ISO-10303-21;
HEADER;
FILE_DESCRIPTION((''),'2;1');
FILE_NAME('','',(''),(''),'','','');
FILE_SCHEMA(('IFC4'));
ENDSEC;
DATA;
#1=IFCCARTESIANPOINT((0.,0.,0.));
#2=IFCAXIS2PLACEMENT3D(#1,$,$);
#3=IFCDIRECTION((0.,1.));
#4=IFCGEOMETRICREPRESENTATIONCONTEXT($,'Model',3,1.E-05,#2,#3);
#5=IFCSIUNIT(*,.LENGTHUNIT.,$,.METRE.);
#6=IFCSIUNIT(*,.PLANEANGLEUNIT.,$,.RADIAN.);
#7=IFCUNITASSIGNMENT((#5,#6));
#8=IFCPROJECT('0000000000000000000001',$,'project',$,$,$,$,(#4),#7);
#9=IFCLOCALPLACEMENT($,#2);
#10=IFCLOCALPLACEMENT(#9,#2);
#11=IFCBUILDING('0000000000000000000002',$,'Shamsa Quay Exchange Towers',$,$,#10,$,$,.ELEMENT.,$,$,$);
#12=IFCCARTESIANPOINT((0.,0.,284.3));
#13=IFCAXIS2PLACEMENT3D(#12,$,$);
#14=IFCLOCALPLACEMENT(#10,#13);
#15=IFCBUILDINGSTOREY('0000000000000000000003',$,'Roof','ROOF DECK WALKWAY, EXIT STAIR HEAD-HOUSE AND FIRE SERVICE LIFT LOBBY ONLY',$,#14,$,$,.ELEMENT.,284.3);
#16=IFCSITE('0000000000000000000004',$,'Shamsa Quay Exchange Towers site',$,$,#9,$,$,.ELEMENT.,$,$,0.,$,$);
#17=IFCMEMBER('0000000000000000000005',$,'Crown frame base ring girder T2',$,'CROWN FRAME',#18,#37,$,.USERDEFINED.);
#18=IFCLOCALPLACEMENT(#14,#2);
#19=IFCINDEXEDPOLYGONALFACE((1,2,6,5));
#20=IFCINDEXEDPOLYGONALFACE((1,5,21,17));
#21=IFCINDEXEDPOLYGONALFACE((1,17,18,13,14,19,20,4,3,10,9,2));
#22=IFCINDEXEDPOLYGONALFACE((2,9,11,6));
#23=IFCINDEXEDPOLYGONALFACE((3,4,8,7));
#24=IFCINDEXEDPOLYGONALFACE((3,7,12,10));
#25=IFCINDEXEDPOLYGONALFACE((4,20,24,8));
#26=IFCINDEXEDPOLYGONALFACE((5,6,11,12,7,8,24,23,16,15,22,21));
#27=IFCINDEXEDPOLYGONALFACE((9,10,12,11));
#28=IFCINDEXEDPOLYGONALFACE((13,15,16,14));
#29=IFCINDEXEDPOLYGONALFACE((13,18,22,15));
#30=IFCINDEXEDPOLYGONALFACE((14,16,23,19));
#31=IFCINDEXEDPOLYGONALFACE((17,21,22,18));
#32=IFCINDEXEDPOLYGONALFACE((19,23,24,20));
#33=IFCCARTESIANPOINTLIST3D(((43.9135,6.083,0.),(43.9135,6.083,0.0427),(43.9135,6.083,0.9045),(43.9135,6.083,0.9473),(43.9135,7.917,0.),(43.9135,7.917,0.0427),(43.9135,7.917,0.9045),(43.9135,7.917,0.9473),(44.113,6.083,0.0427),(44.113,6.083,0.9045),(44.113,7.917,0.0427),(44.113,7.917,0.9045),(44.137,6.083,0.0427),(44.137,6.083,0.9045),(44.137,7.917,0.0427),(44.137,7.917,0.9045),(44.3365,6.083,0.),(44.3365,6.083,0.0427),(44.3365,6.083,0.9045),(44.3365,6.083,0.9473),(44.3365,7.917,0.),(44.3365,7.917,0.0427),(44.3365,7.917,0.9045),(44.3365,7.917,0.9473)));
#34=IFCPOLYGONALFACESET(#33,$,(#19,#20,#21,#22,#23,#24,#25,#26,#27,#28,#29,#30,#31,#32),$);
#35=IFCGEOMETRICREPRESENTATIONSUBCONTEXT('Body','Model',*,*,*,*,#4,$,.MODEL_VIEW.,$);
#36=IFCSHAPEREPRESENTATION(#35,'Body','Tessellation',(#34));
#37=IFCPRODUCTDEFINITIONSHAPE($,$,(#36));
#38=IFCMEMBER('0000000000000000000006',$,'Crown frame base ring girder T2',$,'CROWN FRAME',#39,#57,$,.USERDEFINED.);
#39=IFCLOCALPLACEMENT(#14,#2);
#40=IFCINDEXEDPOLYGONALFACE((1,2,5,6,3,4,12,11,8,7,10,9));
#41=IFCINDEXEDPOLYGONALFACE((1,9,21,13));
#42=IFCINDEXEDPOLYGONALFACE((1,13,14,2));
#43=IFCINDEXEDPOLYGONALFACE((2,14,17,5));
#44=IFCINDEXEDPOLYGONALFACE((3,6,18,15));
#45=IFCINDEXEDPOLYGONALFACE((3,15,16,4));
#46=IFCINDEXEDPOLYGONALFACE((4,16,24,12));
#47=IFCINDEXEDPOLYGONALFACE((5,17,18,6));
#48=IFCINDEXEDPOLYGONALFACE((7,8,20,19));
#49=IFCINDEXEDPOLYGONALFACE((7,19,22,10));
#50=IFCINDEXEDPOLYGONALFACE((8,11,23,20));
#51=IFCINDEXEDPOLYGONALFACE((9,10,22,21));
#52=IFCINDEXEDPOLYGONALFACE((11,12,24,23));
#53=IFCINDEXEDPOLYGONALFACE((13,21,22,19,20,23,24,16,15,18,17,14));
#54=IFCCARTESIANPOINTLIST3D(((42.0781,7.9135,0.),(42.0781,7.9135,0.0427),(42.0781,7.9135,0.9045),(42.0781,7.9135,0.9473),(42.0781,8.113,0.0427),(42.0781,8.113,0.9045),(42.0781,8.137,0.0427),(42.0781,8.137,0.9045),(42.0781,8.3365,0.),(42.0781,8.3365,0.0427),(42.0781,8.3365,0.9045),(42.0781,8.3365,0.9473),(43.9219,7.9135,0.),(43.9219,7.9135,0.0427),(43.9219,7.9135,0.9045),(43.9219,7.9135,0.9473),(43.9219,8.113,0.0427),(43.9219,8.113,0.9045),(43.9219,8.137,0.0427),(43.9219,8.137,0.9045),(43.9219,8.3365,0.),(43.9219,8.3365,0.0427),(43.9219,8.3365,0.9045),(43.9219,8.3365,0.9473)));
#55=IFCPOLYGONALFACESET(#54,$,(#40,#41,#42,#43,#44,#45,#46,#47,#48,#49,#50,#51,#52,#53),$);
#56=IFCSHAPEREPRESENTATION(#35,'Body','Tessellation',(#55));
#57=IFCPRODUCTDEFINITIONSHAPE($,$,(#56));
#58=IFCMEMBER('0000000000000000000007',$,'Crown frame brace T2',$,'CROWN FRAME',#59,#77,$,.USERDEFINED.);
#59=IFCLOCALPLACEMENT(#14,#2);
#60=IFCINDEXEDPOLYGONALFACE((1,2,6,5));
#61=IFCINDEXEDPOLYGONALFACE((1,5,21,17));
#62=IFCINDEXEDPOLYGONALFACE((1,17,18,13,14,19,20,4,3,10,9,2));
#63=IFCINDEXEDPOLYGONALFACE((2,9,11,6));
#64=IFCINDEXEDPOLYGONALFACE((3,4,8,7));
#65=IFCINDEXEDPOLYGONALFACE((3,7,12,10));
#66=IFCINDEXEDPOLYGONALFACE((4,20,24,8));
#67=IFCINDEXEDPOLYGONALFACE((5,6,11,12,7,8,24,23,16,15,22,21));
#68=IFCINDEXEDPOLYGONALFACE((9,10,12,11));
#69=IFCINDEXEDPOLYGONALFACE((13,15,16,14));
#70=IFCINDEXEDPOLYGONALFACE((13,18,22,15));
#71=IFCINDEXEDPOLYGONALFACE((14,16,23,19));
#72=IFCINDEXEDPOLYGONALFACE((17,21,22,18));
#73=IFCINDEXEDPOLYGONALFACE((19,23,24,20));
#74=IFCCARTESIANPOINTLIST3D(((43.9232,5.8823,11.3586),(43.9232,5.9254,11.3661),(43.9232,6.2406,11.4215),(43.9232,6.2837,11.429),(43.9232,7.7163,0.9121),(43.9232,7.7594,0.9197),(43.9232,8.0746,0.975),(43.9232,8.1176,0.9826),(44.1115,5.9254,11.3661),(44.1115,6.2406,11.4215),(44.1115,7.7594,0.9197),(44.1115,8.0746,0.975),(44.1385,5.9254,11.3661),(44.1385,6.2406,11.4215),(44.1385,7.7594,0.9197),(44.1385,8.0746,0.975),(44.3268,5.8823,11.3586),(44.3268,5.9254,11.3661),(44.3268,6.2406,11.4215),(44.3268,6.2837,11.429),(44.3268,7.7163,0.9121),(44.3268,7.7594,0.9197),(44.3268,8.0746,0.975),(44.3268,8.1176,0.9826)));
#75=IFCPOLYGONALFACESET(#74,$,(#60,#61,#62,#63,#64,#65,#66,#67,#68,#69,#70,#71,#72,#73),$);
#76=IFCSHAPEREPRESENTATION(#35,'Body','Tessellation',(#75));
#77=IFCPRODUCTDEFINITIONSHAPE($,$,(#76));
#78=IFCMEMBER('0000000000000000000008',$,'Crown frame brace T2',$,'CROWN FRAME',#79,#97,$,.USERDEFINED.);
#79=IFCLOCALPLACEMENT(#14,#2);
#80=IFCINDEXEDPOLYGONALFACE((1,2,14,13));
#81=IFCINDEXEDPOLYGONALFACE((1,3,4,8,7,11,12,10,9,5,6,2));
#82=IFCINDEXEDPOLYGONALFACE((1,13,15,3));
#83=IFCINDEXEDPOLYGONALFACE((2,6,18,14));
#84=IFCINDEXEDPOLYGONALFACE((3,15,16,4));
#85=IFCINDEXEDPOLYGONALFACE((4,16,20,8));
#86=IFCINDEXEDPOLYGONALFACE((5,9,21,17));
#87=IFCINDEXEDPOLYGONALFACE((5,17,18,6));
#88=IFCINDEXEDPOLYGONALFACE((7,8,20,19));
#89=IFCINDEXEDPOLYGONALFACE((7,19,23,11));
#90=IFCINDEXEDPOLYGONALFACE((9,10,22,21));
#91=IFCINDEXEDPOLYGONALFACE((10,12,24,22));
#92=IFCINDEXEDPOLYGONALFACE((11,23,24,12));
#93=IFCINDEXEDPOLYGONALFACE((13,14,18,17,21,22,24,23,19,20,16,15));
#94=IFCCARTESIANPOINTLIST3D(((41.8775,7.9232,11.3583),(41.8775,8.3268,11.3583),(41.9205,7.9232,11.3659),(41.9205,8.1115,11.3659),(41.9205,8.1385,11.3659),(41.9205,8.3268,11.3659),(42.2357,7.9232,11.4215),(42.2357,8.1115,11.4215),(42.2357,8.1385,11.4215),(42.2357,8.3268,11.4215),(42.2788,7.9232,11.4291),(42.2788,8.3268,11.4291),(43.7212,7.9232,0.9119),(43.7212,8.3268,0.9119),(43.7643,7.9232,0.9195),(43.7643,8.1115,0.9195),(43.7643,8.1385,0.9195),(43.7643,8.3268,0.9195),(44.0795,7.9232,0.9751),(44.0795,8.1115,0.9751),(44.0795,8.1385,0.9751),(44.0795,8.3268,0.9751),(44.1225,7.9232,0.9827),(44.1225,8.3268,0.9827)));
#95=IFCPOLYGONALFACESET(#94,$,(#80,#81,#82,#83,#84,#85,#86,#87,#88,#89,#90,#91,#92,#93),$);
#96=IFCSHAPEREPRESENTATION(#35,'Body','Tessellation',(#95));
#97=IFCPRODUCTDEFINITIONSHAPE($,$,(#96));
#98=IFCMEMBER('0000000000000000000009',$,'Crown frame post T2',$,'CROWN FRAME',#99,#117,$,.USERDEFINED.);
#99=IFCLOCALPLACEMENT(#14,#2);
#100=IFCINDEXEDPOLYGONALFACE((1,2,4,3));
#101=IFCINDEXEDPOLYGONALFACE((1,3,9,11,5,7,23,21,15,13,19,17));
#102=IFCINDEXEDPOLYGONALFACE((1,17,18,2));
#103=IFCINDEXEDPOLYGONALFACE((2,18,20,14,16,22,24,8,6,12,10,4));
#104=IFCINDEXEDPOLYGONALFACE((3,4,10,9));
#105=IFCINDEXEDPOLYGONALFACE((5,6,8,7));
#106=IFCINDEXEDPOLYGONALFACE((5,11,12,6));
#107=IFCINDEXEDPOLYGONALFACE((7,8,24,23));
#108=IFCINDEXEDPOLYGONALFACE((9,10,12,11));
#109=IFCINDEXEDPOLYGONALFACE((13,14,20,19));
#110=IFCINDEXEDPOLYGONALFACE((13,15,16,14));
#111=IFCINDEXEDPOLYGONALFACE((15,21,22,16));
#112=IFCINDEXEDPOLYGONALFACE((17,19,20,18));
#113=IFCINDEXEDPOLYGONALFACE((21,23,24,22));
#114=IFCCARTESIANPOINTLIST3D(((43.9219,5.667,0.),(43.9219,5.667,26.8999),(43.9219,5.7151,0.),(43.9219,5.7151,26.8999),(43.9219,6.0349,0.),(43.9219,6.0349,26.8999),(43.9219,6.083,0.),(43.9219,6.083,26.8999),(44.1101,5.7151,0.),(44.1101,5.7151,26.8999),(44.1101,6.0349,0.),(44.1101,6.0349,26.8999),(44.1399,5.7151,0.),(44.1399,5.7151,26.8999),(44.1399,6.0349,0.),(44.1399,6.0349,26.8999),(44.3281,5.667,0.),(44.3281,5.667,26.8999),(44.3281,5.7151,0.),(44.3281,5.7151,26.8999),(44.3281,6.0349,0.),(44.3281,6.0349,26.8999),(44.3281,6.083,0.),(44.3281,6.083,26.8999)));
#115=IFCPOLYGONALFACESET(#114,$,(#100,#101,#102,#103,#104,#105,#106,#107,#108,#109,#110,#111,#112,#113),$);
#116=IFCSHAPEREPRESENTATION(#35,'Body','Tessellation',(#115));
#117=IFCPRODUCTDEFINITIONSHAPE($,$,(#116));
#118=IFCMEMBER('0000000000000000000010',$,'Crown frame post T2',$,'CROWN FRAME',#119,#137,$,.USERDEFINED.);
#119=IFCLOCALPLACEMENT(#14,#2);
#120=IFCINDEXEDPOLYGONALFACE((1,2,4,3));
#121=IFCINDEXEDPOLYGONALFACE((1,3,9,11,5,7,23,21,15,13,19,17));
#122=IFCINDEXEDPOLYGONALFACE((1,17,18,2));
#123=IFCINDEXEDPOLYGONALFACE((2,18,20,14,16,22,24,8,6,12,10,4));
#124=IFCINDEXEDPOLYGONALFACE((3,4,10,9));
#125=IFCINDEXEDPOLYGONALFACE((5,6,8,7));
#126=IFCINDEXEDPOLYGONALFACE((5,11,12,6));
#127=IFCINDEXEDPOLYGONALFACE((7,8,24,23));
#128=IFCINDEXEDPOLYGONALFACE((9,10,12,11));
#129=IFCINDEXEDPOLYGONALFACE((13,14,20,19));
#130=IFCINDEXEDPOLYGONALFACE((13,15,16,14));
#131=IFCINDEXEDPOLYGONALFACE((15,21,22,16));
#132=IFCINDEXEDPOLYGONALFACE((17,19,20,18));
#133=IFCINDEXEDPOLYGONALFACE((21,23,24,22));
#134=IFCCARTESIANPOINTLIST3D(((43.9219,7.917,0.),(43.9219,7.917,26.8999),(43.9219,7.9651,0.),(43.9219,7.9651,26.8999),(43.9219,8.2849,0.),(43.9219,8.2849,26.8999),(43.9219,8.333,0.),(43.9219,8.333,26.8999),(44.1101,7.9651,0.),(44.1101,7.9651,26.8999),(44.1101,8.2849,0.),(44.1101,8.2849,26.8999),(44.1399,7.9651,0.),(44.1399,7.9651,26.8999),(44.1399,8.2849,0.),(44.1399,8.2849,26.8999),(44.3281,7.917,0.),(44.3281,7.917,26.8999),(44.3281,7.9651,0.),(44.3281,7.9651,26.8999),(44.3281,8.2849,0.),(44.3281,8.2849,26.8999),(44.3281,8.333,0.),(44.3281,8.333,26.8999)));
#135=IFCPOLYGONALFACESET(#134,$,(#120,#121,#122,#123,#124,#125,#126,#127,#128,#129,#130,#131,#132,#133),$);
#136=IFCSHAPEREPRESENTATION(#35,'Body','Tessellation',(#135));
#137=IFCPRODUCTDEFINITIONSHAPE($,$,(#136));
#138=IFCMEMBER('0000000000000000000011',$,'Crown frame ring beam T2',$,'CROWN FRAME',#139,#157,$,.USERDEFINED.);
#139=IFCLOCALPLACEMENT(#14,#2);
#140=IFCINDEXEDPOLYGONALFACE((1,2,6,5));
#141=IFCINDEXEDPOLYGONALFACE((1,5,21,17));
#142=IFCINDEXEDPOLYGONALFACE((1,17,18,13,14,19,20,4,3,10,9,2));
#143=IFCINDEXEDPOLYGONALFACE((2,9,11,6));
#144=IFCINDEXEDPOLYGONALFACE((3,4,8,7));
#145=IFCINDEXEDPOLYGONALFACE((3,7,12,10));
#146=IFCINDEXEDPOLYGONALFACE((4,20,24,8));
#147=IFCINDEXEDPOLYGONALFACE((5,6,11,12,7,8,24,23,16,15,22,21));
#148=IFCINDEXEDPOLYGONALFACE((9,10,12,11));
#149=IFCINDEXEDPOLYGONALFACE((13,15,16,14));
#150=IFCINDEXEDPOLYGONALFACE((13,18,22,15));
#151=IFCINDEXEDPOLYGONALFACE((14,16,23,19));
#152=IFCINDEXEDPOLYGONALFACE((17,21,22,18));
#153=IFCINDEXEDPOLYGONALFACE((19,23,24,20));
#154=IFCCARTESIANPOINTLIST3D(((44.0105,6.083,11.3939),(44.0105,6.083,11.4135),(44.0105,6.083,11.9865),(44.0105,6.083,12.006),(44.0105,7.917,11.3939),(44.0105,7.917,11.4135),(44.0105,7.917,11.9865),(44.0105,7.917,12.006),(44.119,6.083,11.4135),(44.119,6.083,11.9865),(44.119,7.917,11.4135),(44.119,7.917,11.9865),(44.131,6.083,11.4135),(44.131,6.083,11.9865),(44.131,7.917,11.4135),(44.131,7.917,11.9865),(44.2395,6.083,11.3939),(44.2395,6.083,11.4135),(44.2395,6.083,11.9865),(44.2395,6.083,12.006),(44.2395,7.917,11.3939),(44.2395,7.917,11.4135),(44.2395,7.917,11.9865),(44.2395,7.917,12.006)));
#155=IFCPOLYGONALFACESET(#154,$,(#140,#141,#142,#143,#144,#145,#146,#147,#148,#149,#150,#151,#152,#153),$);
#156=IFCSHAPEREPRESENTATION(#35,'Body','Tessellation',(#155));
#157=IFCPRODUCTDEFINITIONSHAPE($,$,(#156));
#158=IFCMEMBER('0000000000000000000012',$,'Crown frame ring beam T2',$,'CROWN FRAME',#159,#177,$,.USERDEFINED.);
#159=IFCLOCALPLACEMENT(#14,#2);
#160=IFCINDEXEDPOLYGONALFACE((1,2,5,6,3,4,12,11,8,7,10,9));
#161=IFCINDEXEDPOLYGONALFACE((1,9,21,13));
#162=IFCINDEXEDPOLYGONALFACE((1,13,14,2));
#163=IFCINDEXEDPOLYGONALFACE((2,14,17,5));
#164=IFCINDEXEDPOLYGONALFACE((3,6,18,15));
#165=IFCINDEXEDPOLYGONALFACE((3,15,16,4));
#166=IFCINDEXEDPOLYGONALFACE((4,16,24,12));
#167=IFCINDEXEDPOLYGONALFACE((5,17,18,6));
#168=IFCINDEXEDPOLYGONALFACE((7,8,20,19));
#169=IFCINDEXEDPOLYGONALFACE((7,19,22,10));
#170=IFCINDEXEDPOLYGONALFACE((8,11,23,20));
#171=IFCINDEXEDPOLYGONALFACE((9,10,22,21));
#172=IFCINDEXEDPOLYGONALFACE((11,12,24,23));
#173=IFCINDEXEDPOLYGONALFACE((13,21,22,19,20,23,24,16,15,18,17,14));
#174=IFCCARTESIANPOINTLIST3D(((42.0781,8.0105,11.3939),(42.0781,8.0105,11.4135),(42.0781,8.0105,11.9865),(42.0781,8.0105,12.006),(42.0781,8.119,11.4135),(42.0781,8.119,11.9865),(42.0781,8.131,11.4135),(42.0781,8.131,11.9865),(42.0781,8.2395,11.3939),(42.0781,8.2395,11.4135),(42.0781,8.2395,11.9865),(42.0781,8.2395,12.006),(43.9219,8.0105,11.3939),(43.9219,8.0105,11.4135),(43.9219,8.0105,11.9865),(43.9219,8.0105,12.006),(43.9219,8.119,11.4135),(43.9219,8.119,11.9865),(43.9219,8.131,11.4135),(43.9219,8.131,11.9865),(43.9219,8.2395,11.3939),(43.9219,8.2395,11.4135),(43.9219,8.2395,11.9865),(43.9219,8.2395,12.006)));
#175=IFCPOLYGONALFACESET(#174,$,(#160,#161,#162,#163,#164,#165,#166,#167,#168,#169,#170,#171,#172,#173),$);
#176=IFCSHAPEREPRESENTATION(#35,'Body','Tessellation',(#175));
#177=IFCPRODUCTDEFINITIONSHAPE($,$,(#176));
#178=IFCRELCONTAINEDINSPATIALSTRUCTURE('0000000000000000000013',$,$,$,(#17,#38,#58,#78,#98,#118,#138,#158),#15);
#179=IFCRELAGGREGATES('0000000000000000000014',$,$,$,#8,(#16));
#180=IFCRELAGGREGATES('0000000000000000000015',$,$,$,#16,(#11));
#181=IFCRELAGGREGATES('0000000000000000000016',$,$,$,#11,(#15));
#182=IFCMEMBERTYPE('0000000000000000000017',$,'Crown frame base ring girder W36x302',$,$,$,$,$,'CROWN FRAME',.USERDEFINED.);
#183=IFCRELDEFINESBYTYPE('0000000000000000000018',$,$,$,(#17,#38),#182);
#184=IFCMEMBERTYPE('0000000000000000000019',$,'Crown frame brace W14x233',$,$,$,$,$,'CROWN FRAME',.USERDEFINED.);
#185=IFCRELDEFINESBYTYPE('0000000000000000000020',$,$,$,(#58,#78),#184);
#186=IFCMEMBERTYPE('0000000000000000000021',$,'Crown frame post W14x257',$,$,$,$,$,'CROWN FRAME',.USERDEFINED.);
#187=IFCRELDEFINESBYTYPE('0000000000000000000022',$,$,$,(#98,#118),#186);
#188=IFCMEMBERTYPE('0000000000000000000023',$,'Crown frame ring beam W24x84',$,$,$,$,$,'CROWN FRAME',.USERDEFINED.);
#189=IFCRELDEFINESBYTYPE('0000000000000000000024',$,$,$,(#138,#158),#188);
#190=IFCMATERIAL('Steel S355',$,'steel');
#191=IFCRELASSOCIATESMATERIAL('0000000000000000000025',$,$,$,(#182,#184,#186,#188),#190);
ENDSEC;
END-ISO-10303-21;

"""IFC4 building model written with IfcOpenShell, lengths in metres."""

from ifc_helpers import new_model, si_unit, direction, frame, origin, origin_2d, place, context, subcontext, project, spatial, i_section, extrude, material, material_profile, profile_set, type_object, element, save


model = new_model("IFC4")

# Units and contexts
model_context = context("Model", 3, precision=1e-05, world=origin(), true_north=direction((0.0, 1.0)))
body_context = subcontext(model_context, "Body", "Model", "MODEL_VIEW")
ifc_project = project(units=[si_unit("LENGTHUNIT", "METRE"), si_unit("PLANEANGLEUNIT", "RADIAN")], contexts=[model_context])

# Site, building, storey
site_placement = place(None, origin())
site = spatial("IfcSite", under=ifc_project, at=site_placement, Name="Shamsa Quay Exchange Towers site", CompositionType="ELEMENT", RefElevation=0.0)
building_placement = place(site_placement, origin())
building = spatial("IfcBuilding", under=site, at=building_placement, Name="Shamsa Quay Exchange Towers", CompositionType="ELEMENT")
storey_placement = place(building_placement, frame((0.0, 0.0, 284.3)))
storey = spatial("IfcBuildingStorey", under=building, at=storey_placement, Name="Roof", Description="ROOF DECK WALKWAY, EXIT STAIR HEAD-HOUSE AND FIRE SERVICE LIFT LOBBY ONLY", CompositionType="ELEMENT", Elevation=284.3)

# Members
ifc_material_1 = material(Name="Steel S355", Category="steel")
ifc_material_profile_1 = material_profile(ifc_material_1, i_section(OverallWidth=0.4231, OverallDepth=0.9473, WebThickness=0.0239, FlangeThickness=0.0427, at=origin_2d()), Name="W36x302")
ifc_profile_set_1 = profile_set([ifc_material_profile_1], Name="Steel S355")
member_type_1 = type_object("IfcMemberType", Name="Crown frame base ring girder W36x302", ElementType="CROWN FRAME", PredefinedType="USERDEFINED", material=ifc_profile_set_1)
member_1_placement = place(storey_placement, frame((44.125, 6.083, 0.4736), z_axis=(0.0, 1.0, 0.0), x_axis=(-1.0, 0.0, 0.0)))
element("IfcMember", 1, at=member_1_placement, inside=storey, type_object=member_type_1, Name="Crown frame base ring girder T2", ObjectType="CROWN FRAME", PredefinedType="USERDEFINED", context=body_context, shape_type="SweptSolid", body=[
    extrude(i_section(OverallWidth=0.4231, OverallDepth=0.9473, WebThickness=0.0239, FlangeThickness=0.0427, at=origin_2d()), origin(), (0.0, 0.0, 1.0), 1.834),
])
member_2_placement = place(storey_placement, frame((43.9219, 8.125, 0.4736), z_axis=(-1.0, 0.0, 0.0), x_axis=(0.0, -1.0, 0.0)))
element("IfcMember", 2, at=member_2_placement, inside=storey, type_object=member_type_1, Name="Crown frame base ring girder T2", ObjectType="CROWN FRAME", PredefinedType="USERDEFINED", context=body_context, shape_type="SweptSolid", body=[
    extrude(i_section(OverallWidth=0.4231, OverallDepth=0.9473, WebThickness=0.0239, FlangeThickness=0.0427, at=origin_2d()), origin(), (0.0, 0.0, 1.0), 1.8438),
])
ifc_material_profile_2 = material_profile(ifc_material_1, i_section(OverallWidth=0.4036, OverallDepth=0.4075, WebThickness=0.0271, FlangeThickness=0.0437, at=origin_2d()), Name="W14x233")
ifc_profile_set_2 = profile_set([ifc_material_profile_2], Name="Steel S355")
member_type_2 = type_object("IfcMemberType", Name="Crown frame brace W14x233", ElementType="CROWN FRAME", PredefinedType="USERDEFINED", material=ifc_profile_set_2)
member_3_placement = place(storey_placement, frame((44.125, 6.083, 11.3938), z_axis=(0.0, 0.172915, -0.984937), x_axis=(-1.0, 0.0, 0.0)))
element("IfcMember", 3, at=member_3_placement, inside=storey, type_object=member_type_2, Name="Crown frame brace T2", ObjectType="CROWN FRAME", PredefinedType="USERDEFINED", context=body_context, shape_type="SweptSolid", body=[
    extrude(i_section(OverallWidth=0.4036, OverallDepth=0.4075, WebThickness=0.0271, FlangeThickness=0.0437, at=origin_2d()), origin(), (0.0, 0.0, 1.0), 10.6062),
])
member_4_placement = place(storey_placement, frame((43.9219, 8.125, 0.9473), z_axis=(-0.173808, 0.0, 0.98478), x_axis=(0.0, -1.0, 0.0)))
element("IfcMember", 4, at=member_4_placement, inside=storey, type_object=member_type_2, Name="Crown frame brace T2", ObjectType="CROWN FRAME", PredefinedType="USERDEFINED", context=body_context, shape_type="SweptSolid", body=[
    extrude(i_section(OverallWidth=0.4036, OverallDepth=0.4075, WebThickness=0.0271, FlangeThickness=0.0437, at=origin_2d()), origin(), (0.0, 0.0, 1.0), 10.6079),
])
ifc_material_profile_3 = material_profile(ifc_material_1, i_section(OverallWidth=0.4062, OverallDepth=0.416, WebThickness=0.0298, FlangeThickness=0.0481, at=origin_2d()), Name="W14x257")
ifc_profile_set_3 = profile_set([ifc_material_profile_3], Name="Steel S355")
member_type_3 = type_object("IfcMemberType", Name="Crown frame post W14x257", ElementType="CROWN FRAME", PredefinedType="USERDEFINED", material=ifc_profile_set_3)
for number, where, name in (
    (5, (44.125, 5.875, 0.0), "Crown frame post T2"),
    (6, (44.125, 8.125, 0.0), "Crown frame post T2"),
):
    element("IfcMember", number, at=place(storey_placement, frame(where)), inside=storey, type_object=member_type_3, Name=name, ObjectType="CROWN FRAME", PredefinedType="USERDEFINED", context=body_context, shape_type="SweptSolid", body=[
        extrude(i_section(OverallWidth=0.4062, OverallDepth=0.416, WebThickness=0.0298, FlangeThickness=0.0481, at=origin_2d()), origin(), (0.0, 0.0, 1.0), 26.8999),
    ])
ifc_material_profile_4 = material_profile(ifc_material_1, i_section(OverallWidth=0.229, OverallDepth=0.6121, WebThickness=0.012, FlangeThickness=0.0195, at=origin_2d()), Name="W24x84")
ifc_profile_set_4 = profile_set([ifc_material_profile_4], Name="Steel S355")
member_type_4 = type_object("IfcMemberType", Name="Crown frame ring beam W24x84", ElementType="CROWN FRAME", PredefinedType="USERDEFINED", material=ifc_profile_set_4)
member_5_placement = place(storey_placement, frame((44.125, 6.083, 11.7), z_axis=(0.0, 1.0, 0.0), x_axis=(-1.0, 0.0, 0.0)))
element("IfcMember", 7, at=member_5_placement, inside=storey, type_object=member_type_4, Name="Crown frame ring beam T2", ObjectType="CROWN FRAME", PredefinedType="USERDEFINED", context=body_context, shape_type="SweptSolid", body=[
    extrude(i_section(OverallWidth=0.229, OverallDepth=0.6121, WebThickness=0.012, FlangeThickness=0.0195, at=origin_2d()), origin(), (0.0, 0.0, 1.0), 1.834),
])
member_6_placement = place(storey_placement, frame((43.9219, 8.125, 11.7), z_axis=(-1.0, 0.0, 0.0), x_axis=(0.0, -1.0, 0.0)))
element("IfcMember", 8, at=member_6_placement, inside=storey, type_object=member_type_4, Name="Crown frame ring beam T2", ObjectType="CROWN FRAME", PredefinedType="USERDEFINED", context=body_context, shape_type="SweptSolid", body=[
    extrude(i_section(OverallWidth=0.229, OverallDepth=0.6121, WebThickness=0.012, FlangeThickness=0.0195, at=origin_2d()), origin(), (0.0, 0.0, 1.0), 1.8438),
])

save(model, "model.ifc")
